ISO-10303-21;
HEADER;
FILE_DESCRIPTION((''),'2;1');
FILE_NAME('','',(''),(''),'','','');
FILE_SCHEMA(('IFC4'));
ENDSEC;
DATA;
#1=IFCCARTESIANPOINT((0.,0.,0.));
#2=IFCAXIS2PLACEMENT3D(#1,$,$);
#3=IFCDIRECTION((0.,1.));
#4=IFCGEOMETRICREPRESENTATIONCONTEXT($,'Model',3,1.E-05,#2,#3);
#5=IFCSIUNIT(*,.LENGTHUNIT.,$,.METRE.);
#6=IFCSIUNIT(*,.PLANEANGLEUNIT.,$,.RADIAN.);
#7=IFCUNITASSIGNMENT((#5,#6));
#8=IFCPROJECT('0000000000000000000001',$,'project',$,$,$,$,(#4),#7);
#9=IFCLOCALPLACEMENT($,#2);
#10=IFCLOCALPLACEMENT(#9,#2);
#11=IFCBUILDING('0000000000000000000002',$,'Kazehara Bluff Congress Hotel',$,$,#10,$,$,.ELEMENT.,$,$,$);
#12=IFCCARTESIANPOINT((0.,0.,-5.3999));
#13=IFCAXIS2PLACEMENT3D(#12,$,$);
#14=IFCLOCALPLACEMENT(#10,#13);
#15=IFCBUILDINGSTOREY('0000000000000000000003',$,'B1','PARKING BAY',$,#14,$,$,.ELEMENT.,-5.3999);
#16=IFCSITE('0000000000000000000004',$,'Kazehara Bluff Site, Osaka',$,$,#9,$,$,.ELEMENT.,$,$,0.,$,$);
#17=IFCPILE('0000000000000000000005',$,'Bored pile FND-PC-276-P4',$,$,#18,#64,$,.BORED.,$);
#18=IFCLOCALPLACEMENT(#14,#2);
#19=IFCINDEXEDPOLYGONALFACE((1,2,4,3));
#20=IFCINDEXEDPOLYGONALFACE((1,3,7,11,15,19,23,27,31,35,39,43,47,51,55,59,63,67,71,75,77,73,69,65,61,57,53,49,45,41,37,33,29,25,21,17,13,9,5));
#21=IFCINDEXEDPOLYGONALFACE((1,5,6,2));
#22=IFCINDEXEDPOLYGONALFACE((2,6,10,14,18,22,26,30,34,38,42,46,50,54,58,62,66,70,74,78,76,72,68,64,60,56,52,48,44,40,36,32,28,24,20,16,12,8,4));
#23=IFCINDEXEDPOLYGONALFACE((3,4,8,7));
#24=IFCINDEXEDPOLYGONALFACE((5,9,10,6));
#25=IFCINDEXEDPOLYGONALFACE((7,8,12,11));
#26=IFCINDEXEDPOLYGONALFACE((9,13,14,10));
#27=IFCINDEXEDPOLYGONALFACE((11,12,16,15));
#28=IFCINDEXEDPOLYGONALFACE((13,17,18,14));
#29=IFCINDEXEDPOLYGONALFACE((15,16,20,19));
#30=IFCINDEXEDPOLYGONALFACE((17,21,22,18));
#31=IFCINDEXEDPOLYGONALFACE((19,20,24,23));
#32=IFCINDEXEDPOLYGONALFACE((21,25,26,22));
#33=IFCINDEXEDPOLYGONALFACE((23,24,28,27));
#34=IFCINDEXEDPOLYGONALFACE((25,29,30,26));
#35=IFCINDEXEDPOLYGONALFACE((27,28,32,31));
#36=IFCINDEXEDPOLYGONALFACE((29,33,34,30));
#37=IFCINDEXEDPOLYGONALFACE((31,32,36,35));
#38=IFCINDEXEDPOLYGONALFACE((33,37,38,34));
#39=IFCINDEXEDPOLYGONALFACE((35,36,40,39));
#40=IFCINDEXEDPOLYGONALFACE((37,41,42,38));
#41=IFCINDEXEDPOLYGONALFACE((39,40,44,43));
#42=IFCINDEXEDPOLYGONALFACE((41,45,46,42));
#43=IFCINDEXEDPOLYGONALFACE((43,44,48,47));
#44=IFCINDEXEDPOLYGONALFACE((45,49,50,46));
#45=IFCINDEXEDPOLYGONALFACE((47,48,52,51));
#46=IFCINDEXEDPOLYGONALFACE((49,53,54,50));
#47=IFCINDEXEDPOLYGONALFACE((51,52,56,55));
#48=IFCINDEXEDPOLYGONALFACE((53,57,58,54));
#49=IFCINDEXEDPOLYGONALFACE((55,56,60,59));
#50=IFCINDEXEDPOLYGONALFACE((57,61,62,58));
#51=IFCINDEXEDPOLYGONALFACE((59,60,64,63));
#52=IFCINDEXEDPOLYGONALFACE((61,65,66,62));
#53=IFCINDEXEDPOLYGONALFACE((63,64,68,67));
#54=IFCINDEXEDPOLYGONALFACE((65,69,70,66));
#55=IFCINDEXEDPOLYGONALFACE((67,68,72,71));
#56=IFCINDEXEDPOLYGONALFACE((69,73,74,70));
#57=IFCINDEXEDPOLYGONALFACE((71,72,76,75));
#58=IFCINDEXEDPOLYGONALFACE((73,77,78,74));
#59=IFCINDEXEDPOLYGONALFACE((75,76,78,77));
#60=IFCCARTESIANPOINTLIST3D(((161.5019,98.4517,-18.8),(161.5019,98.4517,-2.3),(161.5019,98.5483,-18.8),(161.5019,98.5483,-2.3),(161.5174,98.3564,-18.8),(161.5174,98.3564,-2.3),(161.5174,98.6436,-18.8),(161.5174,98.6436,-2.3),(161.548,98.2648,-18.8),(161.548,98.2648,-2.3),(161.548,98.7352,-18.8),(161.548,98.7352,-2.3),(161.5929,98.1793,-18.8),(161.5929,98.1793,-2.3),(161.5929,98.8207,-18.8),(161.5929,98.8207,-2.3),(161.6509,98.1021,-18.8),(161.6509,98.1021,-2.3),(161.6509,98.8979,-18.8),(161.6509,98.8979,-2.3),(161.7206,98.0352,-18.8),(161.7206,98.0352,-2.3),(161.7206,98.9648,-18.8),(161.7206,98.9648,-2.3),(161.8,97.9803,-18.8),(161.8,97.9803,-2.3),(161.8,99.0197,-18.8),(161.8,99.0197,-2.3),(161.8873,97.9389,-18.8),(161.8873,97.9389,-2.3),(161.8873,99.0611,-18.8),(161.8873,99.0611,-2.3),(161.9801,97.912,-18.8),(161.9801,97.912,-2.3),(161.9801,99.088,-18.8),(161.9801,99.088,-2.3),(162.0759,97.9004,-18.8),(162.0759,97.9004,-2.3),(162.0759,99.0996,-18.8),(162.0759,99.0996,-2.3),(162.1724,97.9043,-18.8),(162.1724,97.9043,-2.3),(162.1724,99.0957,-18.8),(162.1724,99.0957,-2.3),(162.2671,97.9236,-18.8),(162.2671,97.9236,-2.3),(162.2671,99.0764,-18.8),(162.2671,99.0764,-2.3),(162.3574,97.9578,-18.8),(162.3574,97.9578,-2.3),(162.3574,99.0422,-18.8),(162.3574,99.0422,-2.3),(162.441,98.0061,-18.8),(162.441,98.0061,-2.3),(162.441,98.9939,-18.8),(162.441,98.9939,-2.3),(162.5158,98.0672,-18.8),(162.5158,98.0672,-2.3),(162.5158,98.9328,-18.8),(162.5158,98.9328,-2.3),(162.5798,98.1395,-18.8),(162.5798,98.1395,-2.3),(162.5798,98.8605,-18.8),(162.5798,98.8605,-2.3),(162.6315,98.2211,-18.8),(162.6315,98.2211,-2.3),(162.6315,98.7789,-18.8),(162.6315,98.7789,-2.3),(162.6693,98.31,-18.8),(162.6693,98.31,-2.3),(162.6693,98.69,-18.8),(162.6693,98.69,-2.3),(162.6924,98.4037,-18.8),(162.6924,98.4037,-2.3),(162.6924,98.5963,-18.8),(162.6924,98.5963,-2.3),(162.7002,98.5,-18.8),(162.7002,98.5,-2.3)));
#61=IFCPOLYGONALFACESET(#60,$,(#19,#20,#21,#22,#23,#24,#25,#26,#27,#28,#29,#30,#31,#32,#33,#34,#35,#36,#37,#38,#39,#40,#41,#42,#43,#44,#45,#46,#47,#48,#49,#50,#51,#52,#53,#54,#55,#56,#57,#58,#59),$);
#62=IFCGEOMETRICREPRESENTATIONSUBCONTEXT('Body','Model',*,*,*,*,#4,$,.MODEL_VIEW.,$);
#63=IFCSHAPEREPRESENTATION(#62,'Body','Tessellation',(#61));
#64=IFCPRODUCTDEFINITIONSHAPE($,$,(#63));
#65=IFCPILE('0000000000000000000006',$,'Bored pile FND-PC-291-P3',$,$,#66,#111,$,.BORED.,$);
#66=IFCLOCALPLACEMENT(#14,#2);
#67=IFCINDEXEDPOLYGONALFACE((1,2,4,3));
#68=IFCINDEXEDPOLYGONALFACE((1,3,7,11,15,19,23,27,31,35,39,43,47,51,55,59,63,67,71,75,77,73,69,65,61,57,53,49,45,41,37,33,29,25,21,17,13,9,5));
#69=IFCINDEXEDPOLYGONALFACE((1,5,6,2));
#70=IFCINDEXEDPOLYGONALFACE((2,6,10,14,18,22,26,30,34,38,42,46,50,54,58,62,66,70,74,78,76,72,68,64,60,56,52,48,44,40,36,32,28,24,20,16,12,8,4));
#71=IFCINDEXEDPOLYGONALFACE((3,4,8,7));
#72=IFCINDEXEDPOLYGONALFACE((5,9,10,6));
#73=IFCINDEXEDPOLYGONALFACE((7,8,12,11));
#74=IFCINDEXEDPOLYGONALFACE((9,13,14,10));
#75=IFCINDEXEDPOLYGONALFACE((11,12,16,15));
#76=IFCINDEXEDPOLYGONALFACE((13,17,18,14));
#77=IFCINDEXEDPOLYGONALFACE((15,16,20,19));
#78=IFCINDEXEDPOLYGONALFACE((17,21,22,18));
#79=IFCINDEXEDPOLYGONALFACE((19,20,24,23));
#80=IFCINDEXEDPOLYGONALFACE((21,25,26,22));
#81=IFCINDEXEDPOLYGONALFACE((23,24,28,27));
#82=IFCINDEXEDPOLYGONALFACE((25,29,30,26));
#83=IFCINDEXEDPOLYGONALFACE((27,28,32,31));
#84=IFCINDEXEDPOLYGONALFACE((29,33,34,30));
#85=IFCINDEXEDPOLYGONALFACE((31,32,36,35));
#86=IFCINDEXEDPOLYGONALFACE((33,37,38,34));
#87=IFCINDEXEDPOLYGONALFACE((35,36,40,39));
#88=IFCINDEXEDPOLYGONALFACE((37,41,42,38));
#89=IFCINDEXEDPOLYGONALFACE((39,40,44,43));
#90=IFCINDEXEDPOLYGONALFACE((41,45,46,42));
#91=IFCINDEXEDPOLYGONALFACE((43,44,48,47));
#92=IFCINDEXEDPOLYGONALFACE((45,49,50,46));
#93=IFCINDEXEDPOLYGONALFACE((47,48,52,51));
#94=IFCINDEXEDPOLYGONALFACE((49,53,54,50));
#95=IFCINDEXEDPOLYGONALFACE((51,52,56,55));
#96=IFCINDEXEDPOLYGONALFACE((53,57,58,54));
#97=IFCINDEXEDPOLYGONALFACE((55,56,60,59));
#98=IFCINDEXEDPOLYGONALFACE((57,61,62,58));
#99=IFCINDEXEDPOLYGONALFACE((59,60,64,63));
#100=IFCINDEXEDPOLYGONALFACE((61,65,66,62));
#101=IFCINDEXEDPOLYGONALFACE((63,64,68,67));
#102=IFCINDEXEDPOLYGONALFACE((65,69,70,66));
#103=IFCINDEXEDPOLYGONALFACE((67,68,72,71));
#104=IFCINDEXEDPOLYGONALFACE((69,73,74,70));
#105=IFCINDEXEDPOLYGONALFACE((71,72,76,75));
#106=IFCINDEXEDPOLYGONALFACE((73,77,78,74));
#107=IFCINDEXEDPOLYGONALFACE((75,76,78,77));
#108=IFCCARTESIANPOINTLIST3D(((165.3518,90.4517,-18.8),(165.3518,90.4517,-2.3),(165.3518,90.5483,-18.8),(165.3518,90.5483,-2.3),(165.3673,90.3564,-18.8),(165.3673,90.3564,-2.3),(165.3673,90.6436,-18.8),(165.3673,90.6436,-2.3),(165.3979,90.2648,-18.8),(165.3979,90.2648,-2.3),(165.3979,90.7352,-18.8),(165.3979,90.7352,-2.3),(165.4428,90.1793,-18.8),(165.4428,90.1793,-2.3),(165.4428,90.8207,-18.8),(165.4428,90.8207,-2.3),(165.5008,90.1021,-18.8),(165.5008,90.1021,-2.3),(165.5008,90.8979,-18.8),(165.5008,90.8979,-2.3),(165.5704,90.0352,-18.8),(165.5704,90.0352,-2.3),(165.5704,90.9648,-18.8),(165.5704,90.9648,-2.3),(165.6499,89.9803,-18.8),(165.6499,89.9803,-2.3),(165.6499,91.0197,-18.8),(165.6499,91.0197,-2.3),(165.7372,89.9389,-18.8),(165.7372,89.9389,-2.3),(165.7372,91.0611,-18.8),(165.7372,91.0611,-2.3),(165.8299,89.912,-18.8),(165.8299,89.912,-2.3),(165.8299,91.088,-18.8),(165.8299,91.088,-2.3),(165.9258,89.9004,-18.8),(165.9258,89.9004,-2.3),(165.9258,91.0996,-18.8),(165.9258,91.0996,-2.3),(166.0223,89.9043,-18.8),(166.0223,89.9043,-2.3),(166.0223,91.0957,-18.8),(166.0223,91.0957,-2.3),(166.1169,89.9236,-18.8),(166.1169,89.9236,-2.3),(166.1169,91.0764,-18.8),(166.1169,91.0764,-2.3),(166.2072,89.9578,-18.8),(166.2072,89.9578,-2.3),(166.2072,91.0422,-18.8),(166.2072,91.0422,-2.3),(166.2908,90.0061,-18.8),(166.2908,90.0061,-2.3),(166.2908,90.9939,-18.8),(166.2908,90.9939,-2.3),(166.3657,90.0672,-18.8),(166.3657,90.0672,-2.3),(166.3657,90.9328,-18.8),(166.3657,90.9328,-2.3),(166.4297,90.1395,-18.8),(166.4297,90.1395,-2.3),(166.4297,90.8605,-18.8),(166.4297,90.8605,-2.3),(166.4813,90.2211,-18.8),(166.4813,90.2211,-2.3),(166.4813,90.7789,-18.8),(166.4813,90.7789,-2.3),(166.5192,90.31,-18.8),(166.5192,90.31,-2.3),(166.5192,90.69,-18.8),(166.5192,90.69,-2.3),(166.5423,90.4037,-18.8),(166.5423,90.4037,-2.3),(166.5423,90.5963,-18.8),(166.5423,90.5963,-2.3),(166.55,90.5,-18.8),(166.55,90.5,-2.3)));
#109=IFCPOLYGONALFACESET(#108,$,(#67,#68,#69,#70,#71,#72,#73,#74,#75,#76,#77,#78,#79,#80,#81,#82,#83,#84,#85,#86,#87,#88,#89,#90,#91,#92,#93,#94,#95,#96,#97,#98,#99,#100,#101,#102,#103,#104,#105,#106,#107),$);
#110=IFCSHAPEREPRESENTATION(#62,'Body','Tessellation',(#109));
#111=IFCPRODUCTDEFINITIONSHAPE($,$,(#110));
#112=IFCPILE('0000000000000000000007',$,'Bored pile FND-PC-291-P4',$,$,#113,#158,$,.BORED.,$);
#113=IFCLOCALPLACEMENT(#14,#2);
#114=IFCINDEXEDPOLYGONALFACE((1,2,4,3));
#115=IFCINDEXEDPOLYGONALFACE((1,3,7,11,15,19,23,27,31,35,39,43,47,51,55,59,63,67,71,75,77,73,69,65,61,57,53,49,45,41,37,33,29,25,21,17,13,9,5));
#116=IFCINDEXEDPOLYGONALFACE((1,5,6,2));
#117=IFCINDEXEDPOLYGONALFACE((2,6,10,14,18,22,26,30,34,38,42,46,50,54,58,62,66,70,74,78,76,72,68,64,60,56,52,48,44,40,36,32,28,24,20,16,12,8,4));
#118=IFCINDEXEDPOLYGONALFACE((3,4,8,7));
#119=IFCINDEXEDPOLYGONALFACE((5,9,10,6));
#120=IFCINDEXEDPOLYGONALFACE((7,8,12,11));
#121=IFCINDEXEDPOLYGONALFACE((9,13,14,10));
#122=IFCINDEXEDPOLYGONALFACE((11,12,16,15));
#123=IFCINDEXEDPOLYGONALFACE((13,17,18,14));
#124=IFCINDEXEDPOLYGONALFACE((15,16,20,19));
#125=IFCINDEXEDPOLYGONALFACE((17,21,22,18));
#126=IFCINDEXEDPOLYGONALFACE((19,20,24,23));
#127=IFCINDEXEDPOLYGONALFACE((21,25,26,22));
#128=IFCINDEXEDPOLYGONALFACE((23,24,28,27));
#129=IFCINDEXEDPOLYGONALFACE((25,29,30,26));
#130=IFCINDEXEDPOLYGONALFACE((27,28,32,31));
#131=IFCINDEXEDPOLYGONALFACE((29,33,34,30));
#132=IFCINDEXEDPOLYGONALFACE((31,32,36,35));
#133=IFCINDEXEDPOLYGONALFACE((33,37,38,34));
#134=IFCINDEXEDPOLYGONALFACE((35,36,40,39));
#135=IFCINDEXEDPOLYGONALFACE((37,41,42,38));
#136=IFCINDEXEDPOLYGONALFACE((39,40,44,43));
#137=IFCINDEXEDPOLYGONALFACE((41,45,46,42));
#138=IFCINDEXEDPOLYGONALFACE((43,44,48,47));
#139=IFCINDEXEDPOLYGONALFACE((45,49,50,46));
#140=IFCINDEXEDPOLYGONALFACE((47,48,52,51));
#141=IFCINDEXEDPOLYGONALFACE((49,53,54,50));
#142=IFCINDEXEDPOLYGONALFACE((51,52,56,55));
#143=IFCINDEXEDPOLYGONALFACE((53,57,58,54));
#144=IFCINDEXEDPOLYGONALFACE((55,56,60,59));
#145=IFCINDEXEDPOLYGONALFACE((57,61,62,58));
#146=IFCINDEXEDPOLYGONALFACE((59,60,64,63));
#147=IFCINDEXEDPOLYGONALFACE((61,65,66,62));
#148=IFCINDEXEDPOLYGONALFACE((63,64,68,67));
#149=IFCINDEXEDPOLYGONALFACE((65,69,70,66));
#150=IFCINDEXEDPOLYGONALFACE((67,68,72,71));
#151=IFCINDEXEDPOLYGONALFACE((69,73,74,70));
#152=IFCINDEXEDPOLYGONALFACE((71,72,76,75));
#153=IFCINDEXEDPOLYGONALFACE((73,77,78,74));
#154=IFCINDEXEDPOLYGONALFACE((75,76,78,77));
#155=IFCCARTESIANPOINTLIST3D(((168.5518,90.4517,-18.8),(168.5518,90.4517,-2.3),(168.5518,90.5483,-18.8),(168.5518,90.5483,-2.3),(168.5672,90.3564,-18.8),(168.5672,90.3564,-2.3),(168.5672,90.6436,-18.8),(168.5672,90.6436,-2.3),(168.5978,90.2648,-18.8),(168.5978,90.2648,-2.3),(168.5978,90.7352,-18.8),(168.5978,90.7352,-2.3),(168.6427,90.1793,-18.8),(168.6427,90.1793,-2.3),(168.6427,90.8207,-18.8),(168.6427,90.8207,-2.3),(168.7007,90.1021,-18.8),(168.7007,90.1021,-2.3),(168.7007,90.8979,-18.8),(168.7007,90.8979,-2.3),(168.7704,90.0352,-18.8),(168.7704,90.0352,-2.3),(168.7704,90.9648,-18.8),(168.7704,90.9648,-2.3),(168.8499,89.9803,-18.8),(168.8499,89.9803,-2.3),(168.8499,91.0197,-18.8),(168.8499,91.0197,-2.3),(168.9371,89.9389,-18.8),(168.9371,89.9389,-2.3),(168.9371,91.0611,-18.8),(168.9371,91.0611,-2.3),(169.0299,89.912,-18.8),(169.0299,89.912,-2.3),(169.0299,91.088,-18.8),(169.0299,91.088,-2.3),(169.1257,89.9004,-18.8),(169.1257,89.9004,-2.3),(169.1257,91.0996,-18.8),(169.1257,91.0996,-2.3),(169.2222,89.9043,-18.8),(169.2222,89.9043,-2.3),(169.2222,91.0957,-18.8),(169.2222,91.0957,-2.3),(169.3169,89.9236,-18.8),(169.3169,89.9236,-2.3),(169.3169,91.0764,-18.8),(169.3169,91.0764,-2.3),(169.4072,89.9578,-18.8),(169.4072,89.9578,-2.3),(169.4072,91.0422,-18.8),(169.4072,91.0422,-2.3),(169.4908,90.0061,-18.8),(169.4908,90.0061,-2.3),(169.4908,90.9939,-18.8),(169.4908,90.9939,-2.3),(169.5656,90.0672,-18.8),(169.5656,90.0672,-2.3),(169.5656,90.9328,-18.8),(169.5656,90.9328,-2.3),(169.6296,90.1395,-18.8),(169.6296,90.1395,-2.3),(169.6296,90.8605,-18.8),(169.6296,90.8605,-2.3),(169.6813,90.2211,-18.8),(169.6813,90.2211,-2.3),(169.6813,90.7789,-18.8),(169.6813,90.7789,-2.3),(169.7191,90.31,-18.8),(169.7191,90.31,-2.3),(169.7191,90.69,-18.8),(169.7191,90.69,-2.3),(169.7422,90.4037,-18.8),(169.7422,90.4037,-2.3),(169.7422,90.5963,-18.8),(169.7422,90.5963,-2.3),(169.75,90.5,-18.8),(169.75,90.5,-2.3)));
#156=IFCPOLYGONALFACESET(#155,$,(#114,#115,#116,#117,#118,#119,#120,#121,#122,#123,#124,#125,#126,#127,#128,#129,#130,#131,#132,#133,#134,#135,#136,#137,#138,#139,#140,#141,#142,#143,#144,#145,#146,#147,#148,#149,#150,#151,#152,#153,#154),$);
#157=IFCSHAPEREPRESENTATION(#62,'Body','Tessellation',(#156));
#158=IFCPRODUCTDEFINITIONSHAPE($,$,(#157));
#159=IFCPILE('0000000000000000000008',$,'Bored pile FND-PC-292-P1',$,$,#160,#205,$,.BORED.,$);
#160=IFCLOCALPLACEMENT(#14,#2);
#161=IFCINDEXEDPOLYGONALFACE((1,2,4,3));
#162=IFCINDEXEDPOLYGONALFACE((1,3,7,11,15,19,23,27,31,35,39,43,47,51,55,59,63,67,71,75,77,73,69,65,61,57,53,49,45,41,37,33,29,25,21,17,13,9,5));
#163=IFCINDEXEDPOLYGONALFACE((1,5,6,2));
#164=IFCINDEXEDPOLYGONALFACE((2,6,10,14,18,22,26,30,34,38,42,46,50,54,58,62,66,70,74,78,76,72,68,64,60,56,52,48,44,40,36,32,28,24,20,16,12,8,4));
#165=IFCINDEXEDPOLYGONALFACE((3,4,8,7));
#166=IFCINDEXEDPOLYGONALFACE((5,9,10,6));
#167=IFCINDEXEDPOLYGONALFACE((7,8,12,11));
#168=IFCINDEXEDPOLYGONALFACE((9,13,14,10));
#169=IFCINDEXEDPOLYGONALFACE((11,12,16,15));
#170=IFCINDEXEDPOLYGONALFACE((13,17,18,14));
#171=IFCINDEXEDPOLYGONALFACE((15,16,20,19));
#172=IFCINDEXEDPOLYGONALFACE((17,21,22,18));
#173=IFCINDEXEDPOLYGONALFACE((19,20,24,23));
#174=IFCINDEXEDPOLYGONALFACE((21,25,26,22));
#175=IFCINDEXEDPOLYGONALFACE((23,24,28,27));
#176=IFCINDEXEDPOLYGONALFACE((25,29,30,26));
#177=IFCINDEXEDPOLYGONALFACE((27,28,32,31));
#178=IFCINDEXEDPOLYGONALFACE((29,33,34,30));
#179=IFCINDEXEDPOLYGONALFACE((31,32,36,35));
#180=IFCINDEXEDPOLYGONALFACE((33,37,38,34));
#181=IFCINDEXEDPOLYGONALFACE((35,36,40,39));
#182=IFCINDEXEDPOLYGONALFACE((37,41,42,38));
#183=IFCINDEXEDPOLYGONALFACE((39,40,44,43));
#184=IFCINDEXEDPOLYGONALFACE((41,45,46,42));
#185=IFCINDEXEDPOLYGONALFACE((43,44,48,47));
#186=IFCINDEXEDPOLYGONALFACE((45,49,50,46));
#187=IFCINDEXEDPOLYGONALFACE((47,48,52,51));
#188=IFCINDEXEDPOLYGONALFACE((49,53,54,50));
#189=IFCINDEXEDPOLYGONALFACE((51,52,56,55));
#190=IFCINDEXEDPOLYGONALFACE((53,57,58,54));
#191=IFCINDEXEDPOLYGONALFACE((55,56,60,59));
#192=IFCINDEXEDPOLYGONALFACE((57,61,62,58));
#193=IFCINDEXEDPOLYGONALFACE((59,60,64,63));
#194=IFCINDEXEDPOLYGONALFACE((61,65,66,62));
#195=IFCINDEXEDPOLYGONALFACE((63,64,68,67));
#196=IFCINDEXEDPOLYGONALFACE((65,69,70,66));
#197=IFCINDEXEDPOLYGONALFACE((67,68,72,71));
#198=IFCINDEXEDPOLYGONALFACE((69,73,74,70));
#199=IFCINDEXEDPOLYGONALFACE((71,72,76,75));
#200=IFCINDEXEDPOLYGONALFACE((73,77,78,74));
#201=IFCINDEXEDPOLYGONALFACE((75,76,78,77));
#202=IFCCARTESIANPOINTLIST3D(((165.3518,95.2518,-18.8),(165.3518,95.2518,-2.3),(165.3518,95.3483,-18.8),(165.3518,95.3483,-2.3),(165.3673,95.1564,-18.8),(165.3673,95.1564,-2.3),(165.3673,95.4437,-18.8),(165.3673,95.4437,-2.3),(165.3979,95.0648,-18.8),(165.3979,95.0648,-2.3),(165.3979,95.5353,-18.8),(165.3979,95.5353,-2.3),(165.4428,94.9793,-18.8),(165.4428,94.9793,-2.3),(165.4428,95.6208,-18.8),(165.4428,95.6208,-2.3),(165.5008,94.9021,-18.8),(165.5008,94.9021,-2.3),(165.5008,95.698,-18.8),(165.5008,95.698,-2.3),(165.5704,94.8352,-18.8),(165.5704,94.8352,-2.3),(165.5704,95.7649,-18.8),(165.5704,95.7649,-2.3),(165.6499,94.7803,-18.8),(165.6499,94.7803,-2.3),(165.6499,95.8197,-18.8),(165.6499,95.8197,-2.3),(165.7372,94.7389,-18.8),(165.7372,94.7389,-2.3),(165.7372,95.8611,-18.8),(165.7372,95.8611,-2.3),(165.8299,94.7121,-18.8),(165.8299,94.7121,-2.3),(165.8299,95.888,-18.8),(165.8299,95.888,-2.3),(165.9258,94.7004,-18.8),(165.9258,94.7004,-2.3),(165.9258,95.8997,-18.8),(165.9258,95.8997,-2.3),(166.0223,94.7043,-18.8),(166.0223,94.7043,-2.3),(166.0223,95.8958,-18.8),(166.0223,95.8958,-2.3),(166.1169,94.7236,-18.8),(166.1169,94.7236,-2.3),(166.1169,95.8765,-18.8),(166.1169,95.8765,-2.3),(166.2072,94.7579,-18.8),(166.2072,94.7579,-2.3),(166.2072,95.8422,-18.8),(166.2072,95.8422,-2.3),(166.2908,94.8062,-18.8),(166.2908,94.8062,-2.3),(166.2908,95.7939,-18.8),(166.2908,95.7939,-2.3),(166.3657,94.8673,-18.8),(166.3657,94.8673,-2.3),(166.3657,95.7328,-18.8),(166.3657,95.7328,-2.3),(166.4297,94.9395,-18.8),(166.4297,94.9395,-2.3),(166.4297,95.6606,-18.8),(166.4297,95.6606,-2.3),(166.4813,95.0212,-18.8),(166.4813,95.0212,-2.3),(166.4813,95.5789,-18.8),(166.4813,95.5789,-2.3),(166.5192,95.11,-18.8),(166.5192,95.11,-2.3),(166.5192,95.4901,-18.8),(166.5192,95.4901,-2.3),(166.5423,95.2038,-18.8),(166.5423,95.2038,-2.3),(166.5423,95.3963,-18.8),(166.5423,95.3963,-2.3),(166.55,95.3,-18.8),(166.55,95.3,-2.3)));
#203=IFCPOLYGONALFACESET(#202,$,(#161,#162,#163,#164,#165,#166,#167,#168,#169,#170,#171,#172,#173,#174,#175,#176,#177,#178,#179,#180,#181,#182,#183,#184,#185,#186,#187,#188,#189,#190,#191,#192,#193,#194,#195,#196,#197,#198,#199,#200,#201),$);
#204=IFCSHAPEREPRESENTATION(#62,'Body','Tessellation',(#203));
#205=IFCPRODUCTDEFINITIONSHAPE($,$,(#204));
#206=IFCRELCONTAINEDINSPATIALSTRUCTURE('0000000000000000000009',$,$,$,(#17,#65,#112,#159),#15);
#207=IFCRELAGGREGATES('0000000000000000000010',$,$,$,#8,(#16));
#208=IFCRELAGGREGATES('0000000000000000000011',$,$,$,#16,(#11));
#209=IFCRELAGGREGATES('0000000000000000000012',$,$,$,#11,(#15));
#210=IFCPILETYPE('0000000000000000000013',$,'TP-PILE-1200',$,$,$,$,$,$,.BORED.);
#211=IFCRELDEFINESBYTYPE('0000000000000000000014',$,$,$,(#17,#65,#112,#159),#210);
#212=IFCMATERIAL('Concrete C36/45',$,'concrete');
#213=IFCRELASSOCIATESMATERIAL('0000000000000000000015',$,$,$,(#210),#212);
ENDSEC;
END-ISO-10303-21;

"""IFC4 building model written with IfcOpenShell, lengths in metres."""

from ifc_helpers import new_model, si_unit, direction, frame, origin, origin_2d, place, context, subcontext, project, spatial, circle, extrude, material, material_profile, profile_set, type_object, element, save


model = new_model("IFC4")

# Units and contexts
model_context = context("Model", 3, precision=1e-05, world=origin(), true_north=direction((0.0, 1.0)))
body_context = subcontext(model_context, "Body", "Model", "MODEL_VIEW")
ifc_project = project(units=[si_unit("LENGTHUNIT", "METRE"), si_unit("PLANEANGLEUNIT", "RADIAN")], contexts=[model_context])

# Site, building, storey
site_placement = place(None, origin())
site = spatial("IfcSite", under=ifc_project, at=site_placement, Name="Kazehara Bluff Site, Osaka", CompositionType="ELEMENT", RefElevation=0.0)
building_placement = place(site_placement, origin())
building = spatial("IfcBuilding", under=site, at=building_placement, Name="Kazehara Bluff Congress Hotel", CompositionType="ELEMENT")
storey_placement = place(building_placement, frame((0.0, 0.0, -5.3999)))
storey = spatial("IfcBuildingStorey", under=building, at=storey_placement, Name="B1", Description="PARKING BAY", CompositionType="ELEMENT", Elevation=-5.3999)

# Piles
ifc_material_1 = material(Name="Concrete C36/45", Category="concrete")
ifc_material_profile_1 = material_profile(ifc_material_1, circle(Radius=0.6001, at=origin_2d()))
ifc_profile_set_1 = profile_set([ifc_material_profile_1], Name="Concrete C36/45")
pile_type = type_object("IfcPileType", Name="TP-PILE-1200", PredefinedType="BORED", material=ifc_profile_set_1)
for number, where, z_axis, x_axis, name in (
    (1, (162.1001, 98.5, -2.3), (0.0, 0.0, -1.0), (1.0, 0.0, 0.0), "Bored pile FND-PC-276-P4"),
    (2, (165.95, 90.5, -2.3), (0.0, 0.0, -1.0), (1.0, 0.0, 0.0), "Bored pile FND-PC-291-P3"),
    (3, (169.1499, 90.5, -2.3), (0.0, 0.0, -1.0), (1.0, 0.0, 0.0), "Bored pile FND-PC-291-P4"),
    (4, (165.95, 95.3, -2.3), (0.0, 0.0, -1.0), (1.0, 0.0, 0.0), "Bored pile FND-PC-292-P1"),
):
    element("IfcPile", number, at=place(storey_placement, frame(where, z_axis=z_axis, x_axis=x_axis)), inside=storey, type_object=pile_type, Name=name, PredefinedType="BORED", context=body_context, shape_type="SweptSolid", body=[
        extrude(circle(Radius=0.6001, at=origin_2d()), origin(), (0.0, 0.0, 1.0), 16.5),
    ])

save(model, "model.ifc")
